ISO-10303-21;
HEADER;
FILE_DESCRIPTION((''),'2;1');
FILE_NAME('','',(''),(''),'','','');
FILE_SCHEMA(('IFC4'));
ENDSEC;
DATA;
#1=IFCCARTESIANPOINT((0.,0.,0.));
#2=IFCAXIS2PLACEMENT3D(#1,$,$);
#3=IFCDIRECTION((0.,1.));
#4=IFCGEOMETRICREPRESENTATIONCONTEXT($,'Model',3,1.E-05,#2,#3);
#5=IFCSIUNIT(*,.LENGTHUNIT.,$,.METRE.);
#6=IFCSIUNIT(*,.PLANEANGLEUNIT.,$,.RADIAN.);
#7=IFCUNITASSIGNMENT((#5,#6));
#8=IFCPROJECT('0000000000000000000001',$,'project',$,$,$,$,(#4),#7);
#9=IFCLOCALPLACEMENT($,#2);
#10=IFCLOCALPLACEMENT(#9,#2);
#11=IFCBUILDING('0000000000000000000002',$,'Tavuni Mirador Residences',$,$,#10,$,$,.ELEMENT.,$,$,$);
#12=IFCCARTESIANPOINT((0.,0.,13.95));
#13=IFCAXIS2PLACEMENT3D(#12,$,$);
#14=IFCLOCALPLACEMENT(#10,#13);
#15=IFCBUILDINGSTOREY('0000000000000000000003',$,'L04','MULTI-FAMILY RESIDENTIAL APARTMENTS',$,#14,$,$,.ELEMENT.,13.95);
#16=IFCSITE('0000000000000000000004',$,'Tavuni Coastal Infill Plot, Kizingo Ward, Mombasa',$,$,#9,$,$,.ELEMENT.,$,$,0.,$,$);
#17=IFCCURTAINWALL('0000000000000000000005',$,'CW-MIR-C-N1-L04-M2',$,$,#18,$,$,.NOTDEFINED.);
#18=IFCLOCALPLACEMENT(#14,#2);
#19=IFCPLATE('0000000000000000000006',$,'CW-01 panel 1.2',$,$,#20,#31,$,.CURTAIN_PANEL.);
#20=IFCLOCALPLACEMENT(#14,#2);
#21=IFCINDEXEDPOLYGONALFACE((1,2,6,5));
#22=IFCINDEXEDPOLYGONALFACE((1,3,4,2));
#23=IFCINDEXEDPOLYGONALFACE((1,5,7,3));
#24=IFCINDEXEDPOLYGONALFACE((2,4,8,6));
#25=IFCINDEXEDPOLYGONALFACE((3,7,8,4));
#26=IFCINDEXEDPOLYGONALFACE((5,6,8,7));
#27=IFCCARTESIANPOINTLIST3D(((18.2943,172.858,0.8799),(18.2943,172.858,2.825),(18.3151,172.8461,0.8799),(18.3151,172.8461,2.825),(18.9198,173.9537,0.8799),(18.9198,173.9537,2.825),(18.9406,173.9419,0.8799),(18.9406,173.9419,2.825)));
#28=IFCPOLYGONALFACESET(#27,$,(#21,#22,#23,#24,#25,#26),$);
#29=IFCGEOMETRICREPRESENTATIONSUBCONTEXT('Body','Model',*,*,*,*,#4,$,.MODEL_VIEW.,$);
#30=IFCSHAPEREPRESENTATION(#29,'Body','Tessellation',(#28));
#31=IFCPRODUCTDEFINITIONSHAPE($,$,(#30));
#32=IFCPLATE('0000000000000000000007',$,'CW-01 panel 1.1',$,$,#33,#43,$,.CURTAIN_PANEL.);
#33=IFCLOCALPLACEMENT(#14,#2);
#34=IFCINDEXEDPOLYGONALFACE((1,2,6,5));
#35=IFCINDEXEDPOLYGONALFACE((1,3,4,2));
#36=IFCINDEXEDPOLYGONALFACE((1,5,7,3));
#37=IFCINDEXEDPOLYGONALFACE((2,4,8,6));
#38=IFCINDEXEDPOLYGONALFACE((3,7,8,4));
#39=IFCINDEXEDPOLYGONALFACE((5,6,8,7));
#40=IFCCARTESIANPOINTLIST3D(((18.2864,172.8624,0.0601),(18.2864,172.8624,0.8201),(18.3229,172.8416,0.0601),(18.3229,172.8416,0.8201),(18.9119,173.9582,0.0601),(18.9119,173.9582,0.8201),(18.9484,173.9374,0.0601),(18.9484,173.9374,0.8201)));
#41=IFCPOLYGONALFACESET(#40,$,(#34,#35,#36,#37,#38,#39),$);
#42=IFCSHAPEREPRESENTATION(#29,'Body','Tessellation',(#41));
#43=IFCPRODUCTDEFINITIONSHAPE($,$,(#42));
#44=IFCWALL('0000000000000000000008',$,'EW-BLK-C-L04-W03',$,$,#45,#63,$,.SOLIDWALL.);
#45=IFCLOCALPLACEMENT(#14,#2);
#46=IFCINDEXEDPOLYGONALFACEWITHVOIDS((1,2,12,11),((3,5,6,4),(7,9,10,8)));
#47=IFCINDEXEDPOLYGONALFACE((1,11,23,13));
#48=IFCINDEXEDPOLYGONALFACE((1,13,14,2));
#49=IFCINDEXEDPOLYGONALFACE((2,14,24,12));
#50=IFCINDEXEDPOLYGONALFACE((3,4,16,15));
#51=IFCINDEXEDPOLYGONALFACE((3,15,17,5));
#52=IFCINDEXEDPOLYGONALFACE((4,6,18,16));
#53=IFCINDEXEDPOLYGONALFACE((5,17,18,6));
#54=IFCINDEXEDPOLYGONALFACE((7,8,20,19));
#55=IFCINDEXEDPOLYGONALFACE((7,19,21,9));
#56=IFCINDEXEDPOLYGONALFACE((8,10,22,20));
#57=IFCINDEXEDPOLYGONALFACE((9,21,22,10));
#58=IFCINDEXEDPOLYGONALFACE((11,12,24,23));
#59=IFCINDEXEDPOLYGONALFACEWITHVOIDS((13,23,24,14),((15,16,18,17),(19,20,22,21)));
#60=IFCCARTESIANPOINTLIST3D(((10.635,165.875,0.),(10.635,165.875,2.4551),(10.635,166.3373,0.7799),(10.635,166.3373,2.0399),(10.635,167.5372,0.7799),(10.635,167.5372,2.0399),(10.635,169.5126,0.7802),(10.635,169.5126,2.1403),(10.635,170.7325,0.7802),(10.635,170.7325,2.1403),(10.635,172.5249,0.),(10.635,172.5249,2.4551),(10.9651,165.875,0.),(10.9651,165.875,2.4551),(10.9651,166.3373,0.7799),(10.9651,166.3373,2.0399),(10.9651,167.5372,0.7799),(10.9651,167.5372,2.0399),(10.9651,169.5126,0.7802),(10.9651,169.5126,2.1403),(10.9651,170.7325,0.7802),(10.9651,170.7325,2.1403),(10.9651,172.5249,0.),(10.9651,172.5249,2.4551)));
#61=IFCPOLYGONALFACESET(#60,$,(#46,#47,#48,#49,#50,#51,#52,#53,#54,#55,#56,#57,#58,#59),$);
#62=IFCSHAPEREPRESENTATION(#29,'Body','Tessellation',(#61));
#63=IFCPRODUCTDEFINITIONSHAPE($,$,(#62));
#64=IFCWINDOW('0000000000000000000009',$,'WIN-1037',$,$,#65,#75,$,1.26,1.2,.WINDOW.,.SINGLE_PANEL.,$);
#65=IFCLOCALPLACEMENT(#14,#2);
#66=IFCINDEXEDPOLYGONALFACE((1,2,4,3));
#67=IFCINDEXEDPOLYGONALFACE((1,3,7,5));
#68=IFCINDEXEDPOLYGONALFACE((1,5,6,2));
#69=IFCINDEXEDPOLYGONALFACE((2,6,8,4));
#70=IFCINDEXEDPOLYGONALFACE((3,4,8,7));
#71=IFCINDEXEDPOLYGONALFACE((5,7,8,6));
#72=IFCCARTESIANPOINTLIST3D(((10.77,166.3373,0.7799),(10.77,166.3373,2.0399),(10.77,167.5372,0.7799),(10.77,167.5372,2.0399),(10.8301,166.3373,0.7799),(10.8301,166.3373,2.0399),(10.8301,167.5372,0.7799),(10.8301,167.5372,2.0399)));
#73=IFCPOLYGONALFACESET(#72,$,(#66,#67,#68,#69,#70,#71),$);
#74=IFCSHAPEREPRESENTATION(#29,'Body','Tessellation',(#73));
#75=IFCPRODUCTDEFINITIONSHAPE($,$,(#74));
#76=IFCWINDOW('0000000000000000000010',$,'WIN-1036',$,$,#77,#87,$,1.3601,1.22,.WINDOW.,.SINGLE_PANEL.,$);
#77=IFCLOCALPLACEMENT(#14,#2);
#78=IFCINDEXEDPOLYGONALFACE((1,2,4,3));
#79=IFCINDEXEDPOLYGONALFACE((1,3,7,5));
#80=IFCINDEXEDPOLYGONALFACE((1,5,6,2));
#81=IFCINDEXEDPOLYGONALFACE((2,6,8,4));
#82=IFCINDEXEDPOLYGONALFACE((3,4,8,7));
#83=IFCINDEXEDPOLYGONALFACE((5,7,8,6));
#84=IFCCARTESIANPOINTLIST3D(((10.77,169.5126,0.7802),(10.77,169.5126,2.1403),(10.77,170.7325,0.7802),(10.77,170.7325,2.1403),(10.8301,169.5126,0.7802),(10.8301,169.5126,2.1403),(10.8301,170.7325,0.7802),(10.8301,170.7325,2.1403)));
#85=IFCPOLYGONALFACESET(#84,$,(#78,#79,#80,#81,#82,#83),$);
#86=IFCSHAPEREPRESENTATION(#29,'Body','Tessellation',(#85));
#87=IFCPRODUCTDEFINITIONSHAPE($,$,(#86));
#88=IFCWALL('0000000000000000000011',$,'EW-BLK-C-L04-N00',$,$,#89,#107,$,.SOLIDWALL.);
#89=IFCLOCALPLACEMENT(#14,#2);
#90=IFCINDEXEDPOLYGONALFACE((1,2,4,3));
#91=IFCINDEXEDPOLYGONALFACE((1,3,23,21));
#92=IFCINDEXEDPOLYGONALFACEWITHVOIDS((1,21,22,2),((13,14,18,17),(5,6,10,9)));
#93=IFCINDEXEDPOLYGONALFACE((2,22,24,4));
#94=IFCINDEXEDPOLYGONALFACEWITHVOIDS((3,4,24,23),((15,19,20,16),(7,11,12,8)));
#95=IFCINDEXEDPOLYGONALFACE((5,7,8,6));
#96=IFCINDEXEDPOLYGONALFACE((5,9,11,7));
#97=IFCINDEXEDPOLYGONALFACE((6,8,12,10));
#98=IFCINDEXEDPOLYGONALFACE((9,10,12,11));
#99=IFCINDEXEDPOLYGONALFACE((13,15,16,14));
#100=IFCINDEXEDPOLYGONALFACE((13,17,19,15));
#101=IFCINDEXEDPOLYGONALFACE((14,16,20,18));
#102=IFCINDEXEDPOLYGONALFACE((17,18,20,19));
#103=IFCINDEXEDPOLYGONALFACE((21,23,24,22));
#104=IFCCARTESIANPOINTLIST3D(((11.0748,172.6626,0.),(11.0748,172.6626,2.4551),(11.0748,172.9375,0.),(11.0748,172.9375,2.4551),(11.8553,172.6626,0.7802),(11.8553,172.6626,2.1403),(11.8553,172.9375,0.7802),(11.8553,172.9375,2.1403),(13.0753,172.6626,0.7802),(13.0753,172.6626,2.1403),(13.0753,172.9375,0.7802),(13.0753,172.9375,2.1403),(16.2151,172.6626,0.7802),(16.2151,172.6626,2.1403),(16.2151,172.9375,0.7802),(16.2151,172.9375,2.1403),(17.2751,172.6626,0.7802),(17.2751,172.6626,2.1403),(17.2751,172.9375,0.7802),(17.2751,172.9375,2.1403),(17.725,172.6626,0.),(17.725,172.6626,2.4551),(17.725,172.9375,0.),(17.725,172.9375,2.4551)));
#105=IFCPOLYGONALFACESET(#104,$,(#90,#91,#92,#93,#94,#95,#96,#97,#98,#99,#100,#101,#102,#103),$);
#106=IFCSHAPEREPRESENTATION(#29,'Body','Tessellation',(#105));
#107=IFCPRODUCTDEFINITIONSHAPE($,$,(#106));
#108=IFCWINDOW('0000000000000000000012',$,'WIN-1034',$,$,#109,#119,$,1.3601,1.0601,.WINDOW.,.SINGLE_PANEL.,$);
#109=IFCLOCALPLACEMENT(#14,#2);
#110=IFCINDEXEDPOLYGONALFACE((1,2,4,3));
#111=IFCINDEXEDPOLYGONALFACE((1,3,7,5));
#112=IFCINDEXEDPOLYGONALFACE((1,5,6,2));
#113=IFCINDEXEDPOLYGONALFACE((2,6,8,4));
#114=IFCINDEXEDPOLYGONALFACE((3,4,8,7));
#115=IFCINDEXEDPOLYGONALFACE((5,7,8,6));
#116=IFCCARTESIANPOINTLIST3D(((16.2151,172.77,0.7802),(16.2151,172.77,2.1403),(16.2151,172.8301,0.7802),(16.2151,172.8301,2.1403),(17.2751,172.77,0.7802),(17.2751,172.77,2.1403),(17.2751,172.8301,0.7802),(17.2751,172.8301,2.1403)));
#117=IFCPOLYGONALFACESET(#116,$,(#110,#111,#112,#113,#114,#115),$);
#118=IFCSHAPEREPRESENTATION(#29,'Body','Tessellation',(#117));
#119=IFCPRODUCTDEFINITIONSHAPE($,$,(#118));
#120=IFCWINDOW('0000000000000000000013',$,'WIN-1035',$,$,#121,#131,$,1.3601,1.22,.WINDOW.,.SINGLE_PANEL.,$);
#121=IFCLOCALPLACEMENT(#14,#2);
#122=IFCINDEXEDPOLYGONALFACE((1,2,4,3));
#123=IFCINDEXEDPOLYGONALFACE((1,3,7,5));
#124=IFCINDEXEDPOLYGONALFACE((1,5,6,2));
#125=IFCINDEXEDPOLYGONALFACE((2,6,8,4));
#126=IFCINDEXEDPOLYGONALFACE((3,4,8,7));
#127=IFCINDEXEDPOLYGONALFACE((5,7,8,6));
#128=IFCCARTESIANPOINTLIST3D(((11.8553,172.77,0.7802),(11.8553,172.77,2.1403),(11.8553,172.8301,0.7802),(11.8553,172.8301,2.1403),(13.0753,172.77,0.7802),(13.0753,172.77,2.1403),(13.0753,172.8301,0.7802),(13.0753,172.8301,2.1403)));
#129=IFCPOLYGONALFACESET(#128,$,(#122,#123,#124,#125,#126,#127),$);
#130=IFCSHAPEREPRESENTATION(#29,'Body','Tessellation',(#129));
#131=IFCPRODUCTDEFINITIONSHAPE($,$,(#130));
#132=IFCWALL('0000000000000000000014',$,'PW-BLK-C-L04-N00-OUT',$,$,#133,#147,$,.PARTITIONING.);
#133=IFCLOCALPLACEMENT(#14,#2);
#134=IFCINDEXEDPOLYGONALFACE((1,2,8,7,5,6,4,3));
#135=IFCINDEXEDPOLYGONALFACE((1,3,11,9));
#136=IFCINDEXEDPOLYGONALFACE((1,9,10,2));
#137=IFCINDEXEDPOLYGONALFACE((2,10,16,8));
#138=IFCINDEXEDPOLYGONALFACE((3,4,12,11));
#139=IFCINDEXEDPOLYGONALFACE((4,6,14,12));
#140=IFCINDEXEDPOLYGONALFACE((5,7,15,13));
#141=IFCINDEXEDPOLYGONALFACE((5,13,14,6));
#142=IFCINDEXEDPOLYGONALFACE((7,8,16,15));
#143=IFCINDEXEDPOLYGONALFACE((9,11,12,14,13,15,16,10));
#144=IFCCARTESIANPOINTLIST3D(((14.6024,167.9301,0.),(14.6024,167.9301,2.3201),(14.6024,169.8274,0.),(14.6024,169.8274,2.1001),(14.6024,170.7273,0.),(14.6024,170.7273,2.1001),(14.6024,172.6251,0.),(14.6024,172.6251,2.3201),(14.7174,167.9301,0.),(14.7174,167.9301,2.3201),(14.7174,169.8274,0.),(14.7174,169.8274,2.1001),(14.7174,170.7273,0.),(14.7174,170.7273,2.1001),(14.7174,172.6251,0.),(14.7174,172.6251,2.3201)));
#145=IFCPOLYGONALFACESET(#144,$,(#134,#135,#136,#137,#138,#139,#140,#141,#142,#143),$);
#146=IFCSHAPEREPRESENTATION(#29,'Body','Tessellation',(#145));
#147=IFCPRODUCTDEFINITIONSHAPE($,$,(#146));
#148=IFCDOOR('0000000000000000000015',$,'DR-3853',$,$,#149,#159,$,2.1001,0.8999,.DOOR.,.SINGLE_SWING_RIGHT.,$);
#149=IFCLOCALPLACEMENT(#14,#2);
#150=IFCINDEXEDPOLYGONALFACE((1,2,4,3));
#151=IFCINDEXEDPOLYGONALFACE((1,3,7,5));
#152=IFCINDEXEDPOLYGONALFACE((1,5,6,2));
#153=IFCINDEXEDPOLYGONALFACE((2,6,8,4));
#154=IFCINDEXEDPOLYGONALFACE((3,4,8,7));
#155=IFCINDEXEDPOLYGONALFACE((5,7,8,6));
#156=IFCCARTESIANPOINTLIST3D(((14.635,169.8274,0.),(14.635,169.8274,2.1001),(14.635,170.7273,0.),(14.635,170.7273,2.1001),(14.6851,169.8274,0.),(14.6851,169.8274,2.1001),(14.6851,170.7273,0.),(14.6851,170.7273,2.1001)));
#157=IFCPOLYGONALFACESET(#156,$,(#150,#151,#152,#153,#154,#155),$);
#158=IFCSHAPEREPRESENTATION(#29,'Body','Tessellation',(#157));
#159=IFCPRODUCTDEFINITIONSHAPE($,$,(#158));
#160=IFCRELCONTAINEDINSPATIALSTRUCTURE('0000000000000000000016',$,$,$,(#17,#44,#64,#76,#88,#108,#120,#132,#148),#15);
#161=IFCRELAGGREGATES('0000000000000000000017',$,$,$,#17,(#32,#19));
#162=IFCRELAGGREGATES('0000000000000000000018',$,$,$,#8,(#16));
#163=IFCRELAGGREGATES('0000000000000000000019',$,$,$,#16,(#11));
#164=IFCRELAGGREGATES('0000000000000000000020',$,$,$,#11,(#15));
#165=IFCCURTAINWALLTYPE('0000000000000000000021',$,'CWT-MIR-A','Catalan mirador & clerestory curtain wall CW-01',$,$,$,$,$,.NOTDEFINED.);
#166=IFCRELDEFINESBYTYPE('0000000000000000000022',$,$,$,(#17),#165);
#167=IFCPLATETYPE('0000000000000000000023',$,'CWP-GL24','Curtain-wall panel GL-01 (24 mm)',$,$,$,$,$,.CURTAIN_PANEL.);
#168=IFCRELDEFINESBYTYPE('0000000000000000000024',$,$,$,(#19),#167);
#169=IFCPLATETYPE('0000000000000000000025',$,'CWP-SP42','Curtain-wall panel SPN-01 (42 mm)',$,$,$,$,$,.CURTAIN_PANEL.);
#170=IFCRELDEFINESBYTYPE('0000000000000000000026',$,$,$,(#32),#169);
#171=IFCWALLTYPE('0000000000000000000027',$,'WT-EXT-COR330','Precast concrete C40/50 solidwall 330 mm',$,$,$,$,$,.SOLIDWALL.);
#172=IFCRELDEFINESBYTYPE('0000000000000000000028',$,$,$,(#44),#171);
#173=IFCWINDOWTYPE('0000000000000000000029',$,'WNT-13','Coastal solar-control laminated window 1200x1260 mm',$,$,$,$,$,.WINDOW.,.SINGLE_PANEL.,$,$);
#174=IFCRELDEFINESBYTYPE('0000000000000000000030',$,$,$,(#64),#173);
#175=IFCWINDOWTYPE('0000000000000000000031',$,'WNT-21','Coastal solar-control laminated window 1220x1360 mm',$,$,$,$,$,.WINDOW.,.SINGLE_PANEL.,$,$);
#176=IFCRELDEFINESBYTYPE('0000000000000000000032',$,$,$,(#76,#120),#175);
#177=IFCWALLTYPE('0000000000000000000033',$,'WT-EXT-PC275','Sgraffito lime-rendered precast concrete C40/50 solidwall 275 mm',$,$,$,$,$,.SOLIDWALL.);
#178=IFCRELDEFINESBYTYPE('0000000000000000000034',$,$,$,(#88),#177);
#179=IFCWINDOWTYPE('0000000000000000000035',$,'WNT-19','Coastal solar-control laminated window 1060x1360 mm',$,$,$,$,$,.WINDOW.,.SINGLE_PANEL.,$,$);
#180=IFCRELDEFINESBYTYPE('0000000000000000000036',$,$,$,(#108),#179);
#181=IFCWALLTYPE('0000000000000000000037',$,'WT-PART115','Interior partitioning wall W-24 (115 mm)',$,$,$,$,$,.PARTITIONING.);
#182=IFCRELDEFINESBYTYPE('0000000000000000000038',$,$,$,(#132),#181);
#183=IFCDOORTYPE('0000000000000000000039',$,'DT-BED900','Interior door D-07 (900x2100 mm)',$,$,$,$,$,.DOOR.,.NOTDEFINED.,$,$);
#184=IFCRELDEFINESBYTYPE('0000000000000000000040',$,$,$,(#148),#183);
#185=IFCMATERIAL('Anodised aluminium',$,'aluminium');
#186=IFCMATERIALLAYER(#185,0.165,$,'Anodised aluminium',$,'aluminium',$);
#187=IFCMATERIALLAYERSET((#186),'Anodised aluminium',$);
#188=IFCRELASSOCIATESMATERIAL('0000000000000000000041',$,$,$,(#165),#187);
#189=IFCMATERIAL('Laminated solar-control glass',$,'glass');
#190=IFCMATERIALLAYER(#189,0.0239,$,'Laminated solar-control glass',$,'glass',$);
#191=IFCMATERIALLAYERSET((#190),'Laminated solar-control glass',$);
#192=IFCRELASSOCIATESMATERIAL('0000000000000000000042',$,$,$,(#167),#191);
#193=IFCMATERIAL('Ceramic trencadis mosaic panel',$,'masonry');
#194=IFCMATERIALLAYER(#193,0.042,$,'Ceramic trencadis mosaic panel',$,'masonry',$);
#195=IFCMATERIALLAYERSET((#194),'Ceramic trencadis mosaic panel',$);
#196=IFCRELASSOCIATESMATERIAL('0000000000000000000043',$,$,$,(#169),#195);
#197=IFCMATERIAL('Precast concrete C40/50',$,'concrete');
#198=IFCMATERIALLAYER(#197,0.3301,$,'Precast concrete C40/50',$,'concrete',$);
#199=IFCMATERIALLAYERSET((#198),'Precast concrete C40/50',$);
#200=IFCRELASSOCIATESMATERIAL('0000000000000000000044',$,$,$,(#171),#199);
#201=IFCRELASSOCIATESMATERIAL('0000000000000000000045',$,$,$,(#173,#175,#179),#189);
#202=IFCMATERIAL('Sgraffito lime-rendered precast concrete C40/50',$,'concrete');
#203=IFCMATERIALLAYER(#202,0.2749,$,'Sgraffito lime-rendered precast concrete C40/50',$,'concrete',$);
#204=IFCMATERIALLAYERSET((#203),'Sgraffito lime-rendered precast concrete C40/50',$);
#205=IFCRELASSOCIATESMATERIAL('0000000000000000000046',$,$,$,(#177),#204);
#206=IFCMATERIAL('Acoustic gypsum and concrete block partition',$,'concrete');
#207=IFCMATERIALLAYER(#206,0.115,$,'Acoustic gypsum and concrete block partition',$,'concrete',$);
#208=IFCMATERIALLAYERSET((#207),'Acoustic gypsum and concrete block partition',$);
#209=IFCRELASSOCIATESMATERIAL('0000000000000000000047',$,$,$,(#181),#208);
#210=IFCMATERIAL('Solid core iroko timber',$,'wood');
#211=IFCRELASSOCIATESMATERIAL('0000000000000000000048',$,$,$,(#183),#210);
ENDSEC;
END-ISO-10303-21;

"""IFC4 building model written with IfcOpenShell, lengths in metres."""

from ifc_helpers import new_model, si_unit, direction, frame, frame_2d, origin, origin_2d, place, context, subcontext, project, spatial, rectangle, extrude, material, layer, layer_set, type_object, element, fill, aggregate, save


model = new_model("IFC4")

# Units and contexts
model_context = context("Model", 3, precision=1e-05, world=origin(), true_north=direction((0.0, 1.0)))
body_context = subcontext(model_context, "Body", "Model", "MODEL_VIEW")
ifc_project = project(units=[si_unit("LENGTHUNIT", "METRE"), si_unit("PLANEANGLEUNIT", "RADIAN")], contexts=[model_context])

# Site, building, storey
site_placement = place(None, origin())
site = spatial("IfcSite", under=ifc_project, at=site_placement, Name="Tavuni Coastal Infill Plot, Kizingo Ward, Mombasa", CompositionType="ELEMENT", RefElevation=0.0)
building_placement = place(site_placement, origin())
building = spatial("IfcBuilding", under=site, at=building_placement, Name="Tavuni Mirador Residences", CompositionType="ELEMENT")
storey_placement = place(building_placement, frame((0.0, 0.0, 13.95)))
storey = spatial("IfcBuildingStorey", under=building, at=storey_placement, Name="L04", Description="MULTI-FAMILY RESIDENTIAL APARTMENTS", CompositionType="ELEMENT", Elevation=13.95)

# Shared definitions
ifc_material_1 = material(Name="Precast concrete C40/50", Category="concrete")

# Curtain wall
ifc_material_2 = material(Name="Anodised aluminium", Category="aluminium")
ifc_layer_1 = layer(ifc_material_2, 0.165, Name="Anodised aluminium", Category="aluminium")
ifc_layer_set_1 = layer_set([ifc_layer_1], Name="Anodised aluminium")
curtain_wall_type = type_object("IfcCurtainWallType", Name="CWT-MIR-A", Description="Catalan mirador & clerestory curtain wall CW-01", PredefinedType="NOTDEFINED", material=ifc_layer_set_1)
curtain_wall_placement = place(storey_placement, origin())
curtain_wall = element("IfcCurtainWall", 1, at=curtain_wall_placement, inside=storey, type_object=curtain_wall_type, Name="CW-MIR-C-N1-L04-M2", PredefinedType="NOTDEFINED")

# Plates
ifc_material_3 = material(Name="Laminated solar-control glass", Category="glass")
ifc_layer_2 = layer(ifc_material_3, 0.0239, Name="Laminated solar-control glass", Category="glass")
ifc_layer_set_2 = layer_set([ifc_layer_2], Name="Laminated solar-control glass")
plate_type_1 = type_object("IfcPlateType", Name="CWP-GL24", Description="Curtain-wall panel GL-01 (24 mm)", PredefinedType="CURTAIN_PANEL", material=ifc_layer_set_2)
plate_1_placement = place(storey_placement, frame((18.6174, 173.3999, 0.8799), z_axis=(0.0, 0.0, 1.0), x_axis=(-0.495749, -0.868466, 0.0)))
plate_1 = element("IfcPlate", 2, at=plate_1_placement, type_object=plate_type_1, Name="CW-01 panel 1.2", PredefinedType="CURTAIN_PANEL", context=body_context, shape_type="SweptSolid", body=[
    extrude(rectangle(XDim=1.2617, YDim=0.0239, at=origin_2d()), origin(), (0.0, 0.0, 1.0), 1.9451),
])
ifc_material_4 = material(Name="Ceramic trencadis mosaic panel", Category="masonry")
ifc_layer_3 = layer(ifc_material_4, 0.042, Name="Ceramic trencadis mosaic panel", Category="masonry")
ifc_layer_set_3 = layer_set([ifc_layer_3], Name="Ceramic trencadis mosaic panel")
plate_type_2 = type_object("IfcPlateType", Name="CWP-SP42", Description="Curtain-wall panel SPN-01 (42 mm)", PredefinedType="CURTAIN_PANEL", material=ifc_layer_set_3)
plate_2_placement = place(storey_placement, frame((18.6174, 173.3999, 0.0601), z_axis=(0.0, 0.0, 1.0), x_axis=(-0.495749, -0.868466, 0.0)))
plate_2 = element("IfcPlate", 3, at=plate_2_placement, type_object=plate_type_2, Name="CW-01 panel 1.1", PredefinedType="CURTAIN_PANEL", context=body_context, shape_type="SweptSolid", body=[
    extrude(rectangle(XDim=1.2617, YDim=0.042, at=origin_2d()), origin(), (0.0, 0.0, 1.0), 0.76),
])
aggregate(curtain_wall, [plate_2, plate_1])

# Walls, openings, windows
ifc_layer_4 = layer(ifc_material_1, 0.3301, Name="Precast concrete C40/50", Category="concrete")
ifc_layer_set_4 = layer_set([ifc_layer_4], Name="Precast concrete C40/50")
wall_type_1 = type_object("IfcWallType", Name="WT-EXT-COR330", Description="Precast concrete C40/50 solidwall 330 mm", PredefinedType="SOLIDWALL", material=ifc_layer_set_4)
wall_1_placement = place(storey_placement, frame((10.8, 172.5249, 0.0), z_axis=(0.0, 0.0, 1.0), x_axis=(0.0, -1.0, 0.0)))
wall_1 = element("IfcWall", 4, at=wall_1_placement, inside=storey, type_object=wall_type_1, Name="EW-BLK-C-L04-W03", PredefinedType="SOLIDWALL", context=body_context, shape_type="SweptSolid", body=[
    extrude(rectangle(XDim=6.6499, YDim=0.3301, at=frame_2d((3.325, 0.0))), origin(), (0.0, 0.0, 1.0), 2.4551),
])
opening_1_placement = place(wall_1_placement, frame((1.7925, 0.0, 0.78)))
opening_1 = element("IfcOpeningElement", 5, at=opening_1_placement, cuts=wall_1, PredefinedType="OPENING", context=body_context, shape_type="SweptSolid", body=[
    extrude(rectangle(XDim=1.22, YDim=1.3601, at=frame_2d((0.6099, 0.6802))), frame((0.0, 0.175, 0.0), z_axis=(0.0, -1.0, 0.0), x_axis=(1.0, 0.0, 0.0)), (0.0, 0.0, 1.0), 0.3501),
])
opening_2_placement = place(wall_1_placement, frame((4.9875, 0.0, 0.78)))
opening_2 = element("IfcOpeningElement", 6, at=opening_2_placement, cuts=wall_1, PredefinedType="OPENING", context=body_context, shape_type="SweptSolid", body=[
    extrude(rectangle(XDim=1.2, YDim=1.26, at=frame_2d((0.6001, 0.6299))), frame((0.0, 0.175, 0.0), z_axis=(0.0, -1.0, 0.0), x_axis=(1.0, 0.0, 0.0)), (0.0, 0.0, 1.0), 0.3501),
])
window_type_1 = type_object("IfcWindowType", Name="WNT-13", Description="Coastal solar-control laminated window 1200x1260 mm", PartitioningType="SINGLE_PANEL", PredefinedType="WINDOW", material=ifc_material_3)
window_1_placement = place(opening_2_placement, origin())
window_1 = element("IfcWindow", 7, at=window_1_placement, inside=storey, type_object=window_type_1, Name="WIN-1037", OverallHeight=1.26, OverallWidth=1.2, PartitioningType="SINGLE_PANEL", PredefinedType="WINDOW", context=body_context, shape_type="SweptSolid", body=[
    extrude(rectangle(XDim=1.2, YDim=1.26, at=frame_2d((0.6001, 0.6299))), frame((0.0, 0.03, 0.0), z_axis=(0.0, -1.0, 0.0), x_axis=(1.0, 0.0, 0.0)), (0.0, 0.0, 1.0), 0.0601),
])
fill(opening_2, window_1)
window_type_2 = type_object("IfcWindowType", Name="WNT-21", Description="Coastal solar-control laminated window 1220x1360 mm", PartitioningType="SINGLE_PANEL", PredefinedType="WINDOW", material=ifc_material_3)
window_2_placement = place(opening_1_placement, origin())
window_2 = element("IfcWindow", 8, at=window_2_placement, inside=storey, type_object=window_type_2, Name="WIN-1036", OverallHeight=1.3601, OverallWidth=1.22, PartitioningType="SINGLE_PANEL", PredefinedType="WINDOW", context=body_context, shape_type="SweptSolid", body=[
    extrude(rectangle(XDim=1.22, YDim=1.3601, at=frame_2d((0.6099, 0.6802))), frame((0.0, 0.03, 0.0), z_axis=(0.0, -1.0, 0.0), x_axis=(1.0, 0.0, 0.0)), (0.0, 0.0, 1.0), 0.0601),
])
fill(opening_1, window_2)
ifc_material_5 = material(Name="Sgraffito lime-rendered precast concrete C40/50", Category="concrete")
ifc_layer_5 = layer(ifc_material_5, 0.2749, Name="Sgraffito lime-rendered precast concrete C40/50", Category="concrete")
ifc_layer_set_5 = layer_set([ifc_layer_5], Name="Sgraffito lime-rendered precast concrete C40/50")
wall_type_2 = type_object("IfcWallType", Name="WT-EXT-PC275", Description="Sgraffito lime-rendered precast concrete C40/50 solidwall 275 mm", PredefinedType="SOLIDWALL", material=ifc_layer_set_5)
wall_2_placement = place(storey_placement, frame((17.7251, 172.8, 0.0), z_axis=(0.0, 0.0, 1.0), x_axis=(-1.0, 0.0, 0.0)))
wall_2 = element("IfcWall", 9, at=wall_2_placement, inside=storey, type_object=wall_type_2, Name="EW-BLK-C-L04-N00", PredefinedType="SOLIDWALL", context=body_context, shape_type="SweptSolid", body=[
    extrude(rectangle(XDim=6.6501, YDim=0.2749, at=frame_2d((3.3252, 0.0))), origin(), (0.0, 0.0, 1.0), 2.4551),
])
opening_3_placement = place(wall_2_placement, frame((0.45, 0.0, 0.78)))
opening_3 = element("IfcOpeningElement", 10, at=opening_3_placement, cuts=wall_2, PredefinedType="OPENING", context=body_context, shape_type="SweptSolid", body=[
    extrude(rectangle(XDim=1.0601, YDim=1.3601, at=frame_2d((0.53, 0.6802))), frame((0.0, 0.1475, 0.0), z_axis=(0.0, -1.0, 0.0), x_axis=(1.0, 0.0, 0.0)), (0.0, 0.0, 1.0), 0.2949),
])
opening_4_placement = place(wall_2_placement, frame((4.6499, 0.0, 0.78)))
opening_4 = element("IfcOpeningElement", 11, at=opening_4_placement, cuts=wall_2, PredefinedType="OPENING", context=body_context, shape_type="SweptSolid", body=[
    extrude(rectangle(XDim=1.22, YDim=1.3601, at=frame_2d((0.6099, 0.6802))), frame((0.0, 0.1475, 0.0), z_axis=(0.0, -1.0, 0.0), x_axis=(1.0, 0.0, 0.0)), (0.0, 0.0, 1.0), 0.2949),
])
window_type_3 = type_object("IfcWindowType", Name="WNT-19", Description="Coastal solar-control laminated window 1060x1360 mm", PartitioningType="SINGLE_PANEL", PredefinedType="WINDOW", material=ifc_material_3)
window_3_placement = place(opening_3_placement, origin())
window_3 = element("IfcWindow", 12, at=window_3_placement, inside=storey, type_object=window_type_3, Name="WIN-1034", OverallHeight=1.3601, OverallWidth=1.0601, PartitioningType="SINGLE_PANEL", PredefinedType="WINDOW", context=body_context, shape_type="SweptSolid", body=[
    extrude(rectangle(XDim=1.0601, YDim=1.3601, at=frame_2d((0.53, 0.6802))), frame((0.0, 0.03, 0.0), z_axis=(0.0, -1.0, 0.0), x_axis=(1.0, 0.0, 0.0)), (0.0, 0.0, 1.0), 0.0601),
])
fill(opening_3, window_3)
window_4_placement = place(opening_4_placement, origin())
window_4 = element("IfcWindow", 13, at=window_4_placement, inside=storey, type_object=window_type_2, Name="WIN-1035", OverallHeight=1.3601, OverallWidth=1.22, PartitioningType="SINGLE_PANEL", PredefinedType="WINDOW", context=body_context, shape_type="SweptSolid", body=[
    extrude(rectangle(XDim=1.22, YDim=1.3601, at=frame_2d((0.6099, 0.6802))), frame((0.0, 0.03, 0.0), z_axis=(0.0, -1.0, 0.0), x_axis=(1.0, 0.0, 0.0)), (0.0, 0.0, 1.0), 0.0601),
])
fill(opening_4, window_4)

# Wall, opening, door
ifc_material_6 = material(Name="Acoustic gypsum and concrete block partition", Category="concrete")
ifc_layer_6 = layer(ifc_material_6, 0.115, Name="Acoustic gypsum and concrete block partition", Category="concrete")
ifc_layer_set_6 = layer_set([ifc_layer_6], Name="Acoustic gypsum and concrete block partition")
wall_type_3 = type_object("IfcWallType", Name="WT-PART115", Description="Interior partitioning wall W-24 (115 mm)", PredefinedType="PARTITIONING", material=ifc_layer_set_6)
wall_3_placement = place(storey_placement, frame((14.6599, 167.9299, 0.0), z_axis=(0.0, 0.0, 1.0), x_axis=(0.0, 1.0, 0.0)))
wall_3 = element("IfcWall", 14, at=wall_3_placement, inside=storey, type_object=wall_type_3, Name="PW-BLK-C-L04-N00-OUT", PredefinedType="PARTITIONING", context=body_context, shape_type="SweptSolid", body=[
    extrude(rectangle(XDim=4.6951, YDim=0.115, at=frame_2d((2.3477, 0.0))), origin(), (0.0, 0.0, 1.0), 2.3201),
])
opening_5_placement = place(wall_3_placement, frame((1.8975, 0.0, 0.0)))
opening_5 = element("IfcOpeningElement", 15, at=opening_5_placement, cuts=wall_3, PredefinedType="OPENING", context=body_context, shape_type="SweptSolid", body=[
    extrude(rectangle(XDim=0.8999, YDim=2.1001, at=frame_2d((0.45, 1.05))), frame((0.0, 0.0674, 0.0), z_axis=(0.0, -1.0, 0.0), x_axis=(1.0, 0.0, 0.0)), (0.0, 0.0, 1.0), 0.135),
])
ifc_material_7 = material(Name="Solid core iroko timber", Category="wood")
door_type_1 = type_object("IfcDoorType", Name="DT-BED900", Description="Interior door D-07 (900x2100 mm)", OperationType="NOTDEFINED", PredefinedType="DOOR", material=ifc_material_7)
door_1_placement = place(opening_5_placement, origin())
door_1 = element("IfcDoor", 16, at=door_1_placement, inside=storey, type_object=door_type_1, Name="DR-3853", OperationType="SINGLE_SWING_RIGHT", OverallHeight=2.1001, OverallWidth=0.8999, PredefinedType="DOOR", context=body_context, shape_type="SweptSolid", body=[
    extrude(rectangle(XDim=0.8999, YDim=2.1001, at=frame_2d((0.45, 1.05))), frame((0.0, 0.0249, 0.0), z_axis=(0.0, -1.0, 0.0), x_axis=(1.0, 0.0, 0.0)), (0.0, 0.0, 1.0), 0.05),
])
fill(opening_5, door_1)

save(model, "model.ifc")
